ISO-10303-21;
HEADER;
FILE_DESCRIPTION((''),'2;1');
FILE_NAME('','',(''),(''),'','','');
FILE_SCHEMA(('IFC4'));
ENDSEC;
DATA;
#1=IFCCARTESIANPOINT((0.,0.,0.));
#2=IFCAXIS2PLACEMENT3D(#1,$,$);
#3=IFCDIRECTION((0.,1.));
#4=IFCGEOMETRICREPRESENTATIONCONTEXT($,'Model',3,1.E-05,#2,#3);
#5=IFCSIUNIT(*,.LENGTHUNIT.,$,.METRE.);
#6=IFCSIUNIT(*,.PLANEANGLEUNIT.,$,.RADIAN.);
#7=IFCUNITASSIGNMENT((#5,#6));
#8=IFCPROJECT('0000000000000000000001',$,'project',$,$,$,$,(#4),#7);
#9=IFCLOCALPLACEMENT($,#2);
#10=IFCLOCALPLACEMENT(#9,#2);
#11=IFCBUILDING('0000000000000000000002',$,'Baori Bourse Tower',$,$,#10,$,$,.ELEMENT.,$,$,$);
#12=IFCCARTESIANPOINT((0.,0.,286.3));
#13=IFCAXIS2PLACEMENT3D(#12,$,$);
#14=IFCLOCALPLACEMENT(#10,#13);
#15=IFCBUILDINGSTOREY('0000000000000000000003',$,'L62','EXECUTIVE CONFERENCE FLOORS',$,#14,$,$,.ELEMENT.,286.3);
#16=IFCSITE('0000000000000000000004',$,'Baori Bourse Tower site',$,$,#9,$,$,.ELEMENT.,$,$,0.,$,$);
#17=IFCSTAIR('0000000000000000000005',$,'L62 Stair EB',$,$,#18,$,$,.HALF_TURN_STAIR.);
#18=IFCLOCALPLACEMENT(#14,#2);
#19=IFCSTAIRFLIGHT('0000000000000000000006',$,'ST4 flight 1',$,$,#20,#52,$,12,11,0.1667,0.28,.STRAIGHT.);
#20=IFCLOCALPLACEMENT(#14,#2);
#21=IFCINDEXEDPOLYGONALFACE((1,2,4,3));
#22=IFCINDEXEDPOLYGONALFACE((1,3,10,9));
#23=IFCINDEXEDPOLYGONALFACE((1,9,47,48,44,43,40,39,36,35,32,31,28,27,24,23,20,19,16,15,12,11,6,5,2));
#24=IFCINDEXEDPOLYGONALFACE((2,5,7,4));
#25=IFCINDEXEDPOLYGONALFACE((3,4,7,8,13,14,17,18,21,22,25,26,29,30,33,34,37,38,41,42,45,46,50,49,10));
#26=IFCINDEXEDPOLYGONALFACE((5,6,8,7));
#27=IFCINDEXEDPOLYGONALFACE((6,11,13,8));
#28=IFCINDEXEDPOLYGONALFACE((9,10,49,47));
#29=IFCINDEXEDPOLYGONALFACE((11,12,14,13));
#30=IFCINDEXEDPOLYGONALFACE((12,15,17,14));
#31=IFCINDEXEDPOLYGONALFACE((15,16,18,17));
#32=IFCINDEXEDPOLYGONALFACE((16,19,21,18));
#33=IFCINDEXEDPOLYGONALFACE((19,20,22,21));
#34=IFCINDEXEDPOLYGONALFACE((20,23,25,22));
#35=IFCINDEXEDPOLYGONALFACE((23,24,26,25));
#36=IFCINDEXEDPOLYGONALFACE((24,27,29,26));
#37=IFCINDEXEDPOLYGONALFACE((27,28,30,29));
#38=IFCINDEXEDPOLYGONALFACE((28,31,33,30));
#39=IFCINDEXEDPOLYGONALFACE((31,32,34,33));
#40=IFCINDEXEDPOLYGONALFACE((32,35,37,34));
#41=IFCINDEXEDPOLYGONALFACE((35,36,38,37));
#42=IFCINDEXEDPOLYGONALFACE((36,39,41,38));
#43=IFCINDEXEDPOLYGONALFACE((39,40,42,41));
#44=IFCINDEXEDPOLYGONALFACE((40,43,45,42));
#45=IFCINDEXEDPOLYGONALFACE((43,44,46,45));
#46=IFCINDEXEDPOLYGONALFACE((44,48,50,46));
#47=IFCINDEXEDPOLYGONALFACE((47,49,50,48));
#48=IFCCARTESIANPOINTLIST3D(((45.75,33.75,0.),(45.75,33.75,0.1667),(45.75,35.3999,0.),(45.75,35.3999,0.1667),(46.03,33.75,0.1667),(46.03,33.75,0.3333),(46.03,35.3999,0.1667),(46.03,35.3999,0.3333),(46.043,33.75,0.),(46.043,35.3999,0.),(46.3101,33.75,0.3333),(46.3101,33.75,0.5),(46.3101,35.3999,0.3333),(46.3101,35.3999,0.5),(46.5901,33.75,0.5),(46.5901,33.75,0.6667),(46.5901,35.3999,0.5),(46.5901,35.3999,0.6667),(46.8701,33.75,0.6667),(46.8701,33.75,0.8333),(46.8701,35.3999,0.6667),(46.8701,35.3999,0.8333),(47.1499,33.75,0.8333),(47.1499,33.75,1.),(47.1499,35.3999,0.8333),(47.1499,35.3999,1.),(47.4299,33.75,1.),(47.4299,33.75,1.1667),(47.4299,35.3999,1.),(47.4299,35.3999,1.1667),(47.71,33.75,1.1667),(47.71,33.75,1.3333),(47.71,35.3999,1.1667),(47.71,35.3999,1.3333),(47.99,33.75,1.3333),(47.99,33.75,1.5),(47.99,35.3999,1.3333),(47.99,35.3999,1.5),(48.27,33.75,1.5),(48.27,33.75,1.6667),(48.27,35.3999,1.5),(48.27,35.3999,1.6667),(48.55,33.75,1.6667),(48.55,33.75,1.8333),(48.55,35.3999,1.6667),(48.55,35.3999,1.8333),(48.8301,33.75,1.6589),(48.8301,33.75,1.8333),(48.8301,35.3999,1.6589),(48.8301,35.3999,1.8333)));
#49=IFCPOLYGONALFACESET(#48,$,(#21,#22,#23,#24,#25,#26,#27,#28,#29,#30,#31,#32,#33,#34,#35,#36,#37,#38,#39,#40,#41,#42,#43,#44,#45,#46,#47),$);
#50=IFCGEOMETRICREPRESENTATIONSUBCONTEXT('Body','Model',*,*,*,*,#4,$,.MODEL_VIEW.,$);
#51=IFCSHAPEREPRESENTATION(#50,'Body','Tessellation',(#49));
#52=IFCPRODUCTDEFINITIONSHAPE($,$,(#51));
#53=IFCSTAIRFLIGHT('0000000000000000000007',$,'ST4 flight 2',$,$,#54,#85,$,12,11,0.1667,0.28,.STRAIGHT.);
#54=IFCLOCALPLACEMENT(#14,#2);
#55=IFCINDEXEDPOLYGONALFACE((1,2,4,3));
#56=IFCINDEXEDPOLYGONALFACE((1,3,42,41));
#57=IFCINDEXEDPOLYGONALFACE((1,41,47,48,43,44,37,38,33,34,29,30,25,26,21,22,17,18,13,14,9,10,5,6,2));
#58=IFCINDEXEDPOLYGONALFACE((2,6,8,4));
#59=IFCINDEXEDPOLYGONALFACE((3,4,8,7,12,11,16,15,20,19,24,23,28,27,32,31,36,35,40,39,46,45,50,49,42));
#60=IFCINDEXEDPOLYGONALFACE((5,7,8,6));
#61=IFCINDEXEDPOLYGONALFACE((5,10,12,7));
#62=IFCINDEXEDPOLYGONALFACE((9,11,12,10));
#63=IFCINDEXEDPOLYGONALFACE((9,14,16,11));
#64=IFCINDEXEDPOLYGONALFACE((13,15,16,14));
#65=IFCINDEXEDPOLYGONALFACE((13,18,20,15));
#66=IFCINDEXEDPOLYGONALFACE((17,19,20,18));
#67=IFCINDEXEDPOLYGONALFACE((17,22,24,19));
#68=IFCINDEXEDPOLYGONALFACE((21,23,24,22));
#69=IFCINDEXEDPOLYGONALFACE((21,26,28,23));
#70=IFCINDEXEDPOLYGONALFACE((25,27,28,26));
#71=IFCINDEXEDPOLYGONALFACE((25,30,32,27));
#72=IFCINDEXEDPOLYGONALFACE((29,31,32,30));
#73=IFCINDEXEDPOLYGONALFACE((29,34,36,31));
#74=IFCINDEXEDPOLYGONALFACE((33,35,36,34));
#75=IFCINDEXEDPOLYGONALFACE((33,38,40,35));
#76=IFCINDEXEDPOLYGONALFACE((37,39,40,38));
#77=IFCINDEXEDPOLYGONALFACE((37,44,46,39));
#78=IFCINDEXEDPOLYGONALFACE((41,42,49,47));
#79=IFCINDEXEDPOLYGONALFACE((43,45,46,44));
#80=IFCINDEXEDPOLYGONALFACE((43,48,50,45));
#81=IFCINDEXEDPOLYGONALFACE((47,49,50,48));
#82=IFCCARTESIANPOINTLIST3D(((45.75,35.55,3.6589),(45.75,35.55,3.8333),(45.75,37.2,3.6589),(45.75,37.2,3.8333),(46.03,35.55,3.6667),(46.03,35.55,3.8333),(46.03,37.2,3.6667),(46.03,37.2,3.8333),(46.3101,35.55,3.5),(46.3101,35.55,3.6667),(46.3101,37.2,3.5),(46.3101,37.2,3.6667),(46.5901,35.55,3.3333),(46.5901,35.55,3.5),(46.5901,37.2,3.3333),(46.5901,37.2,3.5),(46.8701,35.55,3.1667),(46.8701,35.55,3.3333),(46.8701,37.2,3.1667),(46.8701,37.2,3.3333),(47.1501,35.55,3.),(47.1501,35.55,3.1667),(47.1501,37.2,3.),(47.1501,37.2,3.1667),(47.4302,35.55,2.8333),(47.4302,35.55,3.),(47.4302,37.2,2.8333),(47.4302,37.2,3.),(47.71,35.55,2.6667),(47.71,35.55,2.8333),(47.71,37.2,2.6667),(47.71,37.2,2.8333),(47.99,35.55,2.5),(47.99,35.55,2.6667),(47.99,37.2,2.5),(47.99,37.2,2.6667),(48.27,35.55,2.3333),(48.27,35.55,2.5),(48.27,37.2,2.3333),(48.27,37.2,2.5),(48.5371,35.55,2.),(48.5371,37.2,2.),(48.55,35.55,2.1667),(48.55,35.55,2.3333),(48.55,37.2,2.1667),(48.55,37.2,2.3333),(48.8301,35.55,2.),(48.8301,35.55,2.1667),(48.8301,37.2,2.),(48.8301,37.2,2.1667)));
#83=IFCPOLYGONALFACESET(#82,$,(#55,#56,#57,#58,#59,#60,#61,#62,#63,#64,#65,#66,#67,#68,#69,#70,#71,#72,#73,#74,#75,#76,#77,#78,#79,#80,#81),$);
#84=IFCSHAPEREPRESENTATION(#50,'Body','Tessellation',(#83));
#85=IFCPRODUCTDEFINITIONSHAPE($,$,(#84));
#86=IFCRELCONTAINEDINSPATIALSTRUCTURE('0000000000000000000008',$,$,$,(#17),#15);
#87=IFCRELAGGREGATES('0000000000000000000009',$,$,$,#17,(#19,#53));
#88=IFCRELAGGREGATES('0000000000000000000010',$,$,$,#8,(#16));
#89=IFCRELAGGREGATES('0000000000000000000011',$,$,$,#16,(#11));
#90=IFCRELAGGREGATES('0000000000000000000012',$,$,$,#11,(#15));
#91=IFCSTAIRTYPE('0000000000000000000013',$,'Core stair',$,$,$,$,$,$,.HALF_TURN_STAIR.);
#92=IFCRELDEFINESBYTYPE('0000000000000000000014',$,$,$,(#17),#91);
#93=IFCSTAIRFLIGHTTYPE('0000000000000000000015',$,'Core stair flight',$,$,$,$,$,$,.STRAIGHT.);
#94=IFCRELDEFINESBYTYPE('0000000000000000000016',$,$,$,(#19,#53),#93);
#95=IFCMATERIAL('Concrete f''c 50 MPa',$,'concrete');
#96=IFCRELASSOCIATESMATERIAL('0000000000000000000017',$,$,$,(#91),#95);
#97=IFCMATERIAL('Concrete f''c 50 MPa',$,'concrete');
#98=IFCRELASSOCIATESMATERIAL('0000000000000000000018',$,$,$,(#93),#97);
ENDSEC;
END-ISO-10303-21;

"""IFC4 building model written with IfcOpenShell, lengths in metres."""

from ifc_helpers import new_model, si_unit, direction, frame, origin, place, context, subcontext, project, spatial, polyline, outline, extrude, material, type_object, element, aggregate, save


model = new_model("IFC4")

# Units and contexts
model_context = context("Model", 3, precision=1e-05, world=origin(), true_north=direction((0.0, 1.0)))
body_context = subcontext(model_context, "Body", "Model", "MODEL_VIEW")
ifc_project = project(units=[si_unit("LENGTHUNIT", "METRE"), si_unit("PLANEANGLEUNIT", "RADIAN")], contexts=[model_context])

# Site, building, storey
site_placement = place(None, origin())
site = spatial("IfcSite", under=ifc_project, at=site_placement, Name="Baori Bourse Tower site", CompositionType="ELEMENT", RefElevation=0.0)
building_placement = place(site_placement, origin())
building = spatial("IfcBuilding", under=site, at=building_placement, Name="Baori Bourse Tower", CompositionType="ELEMENT")
storey_placement = place(building_placement, frame((0.0, 0.0, 286.3)))
storey = spatial("IfcBuildingStorey", under=building, at=storey_placement, Name="L62", Description="EXECUTIVE CONFERENCE FLOORS", CompositionType="ELEMENT", Elevation=286.3)

# Stair, stair flights
ifc_material_1 = material(Name="Concrete f'c 50 MPa", Category="concrete")
stair_type = type_object("IfcStairType", Name="Core stair", PredefinedType="HALF_TURN_STAIR", material=ifc_material_1)
stair_placement = place(storey_placement, origin())
stair = element("IfcStair", 1, at=stair_placement, inside=storey, type_object=stair_type, Name="L62 Stair EB", PredefinedType="HALF_TURN_STAIR")
ifc_material_2 = material(Name="Concrete f'c 50 MPa", Category="concrete")
stair_flight_type = type_object("IfcStairFlightType", Name="Core stair flight", PredefinedType="STRAIGHT", material=ifc_material_2)
stair_flight_1_placement = place(storey_placement, frame((45.75, 34.575, 0.0), z_axis=(0.0, 0.0, 1.0), x_axis=(1.0, 0.0, 0.0)))
stair_flight_1 = element("IfcStairFlight", 2, at=stair_flight_1_placement, type_object=stair_flight_type, Name="ST4 flight 1", NumberOfRisers=12, NumberOfTreads=11, PredefinedType="STRAIGHT", RiserHeight=0.1667, TreadLength=0.28, context=body_context, shape_type="SweptSolid", body=[
    extrude(outline(polyline([(0.0, 0.0), (0.0, 0.1667), (0.28, 0.1667), (0.28, 0.3333), (0.5601, 0.3333), (0.5601, 0.5), (0.8401, 0.5), (0.8401, 0.6667), (1.1201, 0.6667), (1.1201, 0.8333), (1.3999, 0.8333), (1.3999, 1.0), (1.6799, 1.0), (1.6799, 1.1667), (1.96, 1.1667), (1.96, 1.3333), (2.24, 1.3333), (2.24, 1.5), (2.52, 1.5), (2.52, 1.6667), (2.8, 1.6667), (2.8, 1.8333), (3.0801, 1.8333), (3.0801, 2.0), (3.0801, 1.6589), (0.293, 0.0), (0.0, 0.0)])), frame((0.0, 0.825, 0.0), z_axis=(0.0, -1.0, 0.0), x_axis=(1.0, 0.0, 0.0)), (0.0, 0.0, 1.0), 1.6499),
])
stair_flight_2_placement = place(storey_placement, frame((48.8301, 36.375, 2.0), z_axis=(0.0, 0.0, 1.0), x_axis=(-1.0, 0.0, 0.0)))
stair_flight_2 = element("IfcStairFlight", 3, at=stair_flight_2_placement, type_object=stair_flight_type, Name="ST4 flight 2", NumberOfRisers=12, NumberOfTreads=11, PredefinedType="STRAIGHT", RiserHeight=0.1667, TreadLength=0.28, context=body_context, shape_type="SweptSolid", body=[
    extrude(outline(polyline([(0.0, 0.0), (0.0, 0.1667), (0.28, 0.1667), (0.28, 0.3333), (0.5601, 0.3333), (0.5601, 0.5), (0.8401, 0.5), (0.8401, 0.6667), (1.1201, 0.6667), (1.1201, 0.8333), (1.3999, 0.8333), (1.3999, 1.0), (1.6799, 1.0), (1.6799, 1.1667), (1.96, 1.1667), (1.96, 1.3333), (2.24, 1.3333), (2.24, 1.5), (2.52, 1.5), (2.52, 1.6667), (2.8, 1.6667), (2.8, 1.8333), (3.0801, 1.8333), (3.0801, 2.0), (3.0801, 1.6589), (0.293, 0.0), (0.0, 0.0)])), frame((0.0, 0.825, 0.0), z_axis=(0.0, -1.0, 0.0), x_axis=(1.0, 0.0, 0.0)), (0.0, 0.0, 1.0), 1.6499),
])
aggregate(stair, [stair_flight_1, stair_flight_2])

save(model, "model.ifc")
